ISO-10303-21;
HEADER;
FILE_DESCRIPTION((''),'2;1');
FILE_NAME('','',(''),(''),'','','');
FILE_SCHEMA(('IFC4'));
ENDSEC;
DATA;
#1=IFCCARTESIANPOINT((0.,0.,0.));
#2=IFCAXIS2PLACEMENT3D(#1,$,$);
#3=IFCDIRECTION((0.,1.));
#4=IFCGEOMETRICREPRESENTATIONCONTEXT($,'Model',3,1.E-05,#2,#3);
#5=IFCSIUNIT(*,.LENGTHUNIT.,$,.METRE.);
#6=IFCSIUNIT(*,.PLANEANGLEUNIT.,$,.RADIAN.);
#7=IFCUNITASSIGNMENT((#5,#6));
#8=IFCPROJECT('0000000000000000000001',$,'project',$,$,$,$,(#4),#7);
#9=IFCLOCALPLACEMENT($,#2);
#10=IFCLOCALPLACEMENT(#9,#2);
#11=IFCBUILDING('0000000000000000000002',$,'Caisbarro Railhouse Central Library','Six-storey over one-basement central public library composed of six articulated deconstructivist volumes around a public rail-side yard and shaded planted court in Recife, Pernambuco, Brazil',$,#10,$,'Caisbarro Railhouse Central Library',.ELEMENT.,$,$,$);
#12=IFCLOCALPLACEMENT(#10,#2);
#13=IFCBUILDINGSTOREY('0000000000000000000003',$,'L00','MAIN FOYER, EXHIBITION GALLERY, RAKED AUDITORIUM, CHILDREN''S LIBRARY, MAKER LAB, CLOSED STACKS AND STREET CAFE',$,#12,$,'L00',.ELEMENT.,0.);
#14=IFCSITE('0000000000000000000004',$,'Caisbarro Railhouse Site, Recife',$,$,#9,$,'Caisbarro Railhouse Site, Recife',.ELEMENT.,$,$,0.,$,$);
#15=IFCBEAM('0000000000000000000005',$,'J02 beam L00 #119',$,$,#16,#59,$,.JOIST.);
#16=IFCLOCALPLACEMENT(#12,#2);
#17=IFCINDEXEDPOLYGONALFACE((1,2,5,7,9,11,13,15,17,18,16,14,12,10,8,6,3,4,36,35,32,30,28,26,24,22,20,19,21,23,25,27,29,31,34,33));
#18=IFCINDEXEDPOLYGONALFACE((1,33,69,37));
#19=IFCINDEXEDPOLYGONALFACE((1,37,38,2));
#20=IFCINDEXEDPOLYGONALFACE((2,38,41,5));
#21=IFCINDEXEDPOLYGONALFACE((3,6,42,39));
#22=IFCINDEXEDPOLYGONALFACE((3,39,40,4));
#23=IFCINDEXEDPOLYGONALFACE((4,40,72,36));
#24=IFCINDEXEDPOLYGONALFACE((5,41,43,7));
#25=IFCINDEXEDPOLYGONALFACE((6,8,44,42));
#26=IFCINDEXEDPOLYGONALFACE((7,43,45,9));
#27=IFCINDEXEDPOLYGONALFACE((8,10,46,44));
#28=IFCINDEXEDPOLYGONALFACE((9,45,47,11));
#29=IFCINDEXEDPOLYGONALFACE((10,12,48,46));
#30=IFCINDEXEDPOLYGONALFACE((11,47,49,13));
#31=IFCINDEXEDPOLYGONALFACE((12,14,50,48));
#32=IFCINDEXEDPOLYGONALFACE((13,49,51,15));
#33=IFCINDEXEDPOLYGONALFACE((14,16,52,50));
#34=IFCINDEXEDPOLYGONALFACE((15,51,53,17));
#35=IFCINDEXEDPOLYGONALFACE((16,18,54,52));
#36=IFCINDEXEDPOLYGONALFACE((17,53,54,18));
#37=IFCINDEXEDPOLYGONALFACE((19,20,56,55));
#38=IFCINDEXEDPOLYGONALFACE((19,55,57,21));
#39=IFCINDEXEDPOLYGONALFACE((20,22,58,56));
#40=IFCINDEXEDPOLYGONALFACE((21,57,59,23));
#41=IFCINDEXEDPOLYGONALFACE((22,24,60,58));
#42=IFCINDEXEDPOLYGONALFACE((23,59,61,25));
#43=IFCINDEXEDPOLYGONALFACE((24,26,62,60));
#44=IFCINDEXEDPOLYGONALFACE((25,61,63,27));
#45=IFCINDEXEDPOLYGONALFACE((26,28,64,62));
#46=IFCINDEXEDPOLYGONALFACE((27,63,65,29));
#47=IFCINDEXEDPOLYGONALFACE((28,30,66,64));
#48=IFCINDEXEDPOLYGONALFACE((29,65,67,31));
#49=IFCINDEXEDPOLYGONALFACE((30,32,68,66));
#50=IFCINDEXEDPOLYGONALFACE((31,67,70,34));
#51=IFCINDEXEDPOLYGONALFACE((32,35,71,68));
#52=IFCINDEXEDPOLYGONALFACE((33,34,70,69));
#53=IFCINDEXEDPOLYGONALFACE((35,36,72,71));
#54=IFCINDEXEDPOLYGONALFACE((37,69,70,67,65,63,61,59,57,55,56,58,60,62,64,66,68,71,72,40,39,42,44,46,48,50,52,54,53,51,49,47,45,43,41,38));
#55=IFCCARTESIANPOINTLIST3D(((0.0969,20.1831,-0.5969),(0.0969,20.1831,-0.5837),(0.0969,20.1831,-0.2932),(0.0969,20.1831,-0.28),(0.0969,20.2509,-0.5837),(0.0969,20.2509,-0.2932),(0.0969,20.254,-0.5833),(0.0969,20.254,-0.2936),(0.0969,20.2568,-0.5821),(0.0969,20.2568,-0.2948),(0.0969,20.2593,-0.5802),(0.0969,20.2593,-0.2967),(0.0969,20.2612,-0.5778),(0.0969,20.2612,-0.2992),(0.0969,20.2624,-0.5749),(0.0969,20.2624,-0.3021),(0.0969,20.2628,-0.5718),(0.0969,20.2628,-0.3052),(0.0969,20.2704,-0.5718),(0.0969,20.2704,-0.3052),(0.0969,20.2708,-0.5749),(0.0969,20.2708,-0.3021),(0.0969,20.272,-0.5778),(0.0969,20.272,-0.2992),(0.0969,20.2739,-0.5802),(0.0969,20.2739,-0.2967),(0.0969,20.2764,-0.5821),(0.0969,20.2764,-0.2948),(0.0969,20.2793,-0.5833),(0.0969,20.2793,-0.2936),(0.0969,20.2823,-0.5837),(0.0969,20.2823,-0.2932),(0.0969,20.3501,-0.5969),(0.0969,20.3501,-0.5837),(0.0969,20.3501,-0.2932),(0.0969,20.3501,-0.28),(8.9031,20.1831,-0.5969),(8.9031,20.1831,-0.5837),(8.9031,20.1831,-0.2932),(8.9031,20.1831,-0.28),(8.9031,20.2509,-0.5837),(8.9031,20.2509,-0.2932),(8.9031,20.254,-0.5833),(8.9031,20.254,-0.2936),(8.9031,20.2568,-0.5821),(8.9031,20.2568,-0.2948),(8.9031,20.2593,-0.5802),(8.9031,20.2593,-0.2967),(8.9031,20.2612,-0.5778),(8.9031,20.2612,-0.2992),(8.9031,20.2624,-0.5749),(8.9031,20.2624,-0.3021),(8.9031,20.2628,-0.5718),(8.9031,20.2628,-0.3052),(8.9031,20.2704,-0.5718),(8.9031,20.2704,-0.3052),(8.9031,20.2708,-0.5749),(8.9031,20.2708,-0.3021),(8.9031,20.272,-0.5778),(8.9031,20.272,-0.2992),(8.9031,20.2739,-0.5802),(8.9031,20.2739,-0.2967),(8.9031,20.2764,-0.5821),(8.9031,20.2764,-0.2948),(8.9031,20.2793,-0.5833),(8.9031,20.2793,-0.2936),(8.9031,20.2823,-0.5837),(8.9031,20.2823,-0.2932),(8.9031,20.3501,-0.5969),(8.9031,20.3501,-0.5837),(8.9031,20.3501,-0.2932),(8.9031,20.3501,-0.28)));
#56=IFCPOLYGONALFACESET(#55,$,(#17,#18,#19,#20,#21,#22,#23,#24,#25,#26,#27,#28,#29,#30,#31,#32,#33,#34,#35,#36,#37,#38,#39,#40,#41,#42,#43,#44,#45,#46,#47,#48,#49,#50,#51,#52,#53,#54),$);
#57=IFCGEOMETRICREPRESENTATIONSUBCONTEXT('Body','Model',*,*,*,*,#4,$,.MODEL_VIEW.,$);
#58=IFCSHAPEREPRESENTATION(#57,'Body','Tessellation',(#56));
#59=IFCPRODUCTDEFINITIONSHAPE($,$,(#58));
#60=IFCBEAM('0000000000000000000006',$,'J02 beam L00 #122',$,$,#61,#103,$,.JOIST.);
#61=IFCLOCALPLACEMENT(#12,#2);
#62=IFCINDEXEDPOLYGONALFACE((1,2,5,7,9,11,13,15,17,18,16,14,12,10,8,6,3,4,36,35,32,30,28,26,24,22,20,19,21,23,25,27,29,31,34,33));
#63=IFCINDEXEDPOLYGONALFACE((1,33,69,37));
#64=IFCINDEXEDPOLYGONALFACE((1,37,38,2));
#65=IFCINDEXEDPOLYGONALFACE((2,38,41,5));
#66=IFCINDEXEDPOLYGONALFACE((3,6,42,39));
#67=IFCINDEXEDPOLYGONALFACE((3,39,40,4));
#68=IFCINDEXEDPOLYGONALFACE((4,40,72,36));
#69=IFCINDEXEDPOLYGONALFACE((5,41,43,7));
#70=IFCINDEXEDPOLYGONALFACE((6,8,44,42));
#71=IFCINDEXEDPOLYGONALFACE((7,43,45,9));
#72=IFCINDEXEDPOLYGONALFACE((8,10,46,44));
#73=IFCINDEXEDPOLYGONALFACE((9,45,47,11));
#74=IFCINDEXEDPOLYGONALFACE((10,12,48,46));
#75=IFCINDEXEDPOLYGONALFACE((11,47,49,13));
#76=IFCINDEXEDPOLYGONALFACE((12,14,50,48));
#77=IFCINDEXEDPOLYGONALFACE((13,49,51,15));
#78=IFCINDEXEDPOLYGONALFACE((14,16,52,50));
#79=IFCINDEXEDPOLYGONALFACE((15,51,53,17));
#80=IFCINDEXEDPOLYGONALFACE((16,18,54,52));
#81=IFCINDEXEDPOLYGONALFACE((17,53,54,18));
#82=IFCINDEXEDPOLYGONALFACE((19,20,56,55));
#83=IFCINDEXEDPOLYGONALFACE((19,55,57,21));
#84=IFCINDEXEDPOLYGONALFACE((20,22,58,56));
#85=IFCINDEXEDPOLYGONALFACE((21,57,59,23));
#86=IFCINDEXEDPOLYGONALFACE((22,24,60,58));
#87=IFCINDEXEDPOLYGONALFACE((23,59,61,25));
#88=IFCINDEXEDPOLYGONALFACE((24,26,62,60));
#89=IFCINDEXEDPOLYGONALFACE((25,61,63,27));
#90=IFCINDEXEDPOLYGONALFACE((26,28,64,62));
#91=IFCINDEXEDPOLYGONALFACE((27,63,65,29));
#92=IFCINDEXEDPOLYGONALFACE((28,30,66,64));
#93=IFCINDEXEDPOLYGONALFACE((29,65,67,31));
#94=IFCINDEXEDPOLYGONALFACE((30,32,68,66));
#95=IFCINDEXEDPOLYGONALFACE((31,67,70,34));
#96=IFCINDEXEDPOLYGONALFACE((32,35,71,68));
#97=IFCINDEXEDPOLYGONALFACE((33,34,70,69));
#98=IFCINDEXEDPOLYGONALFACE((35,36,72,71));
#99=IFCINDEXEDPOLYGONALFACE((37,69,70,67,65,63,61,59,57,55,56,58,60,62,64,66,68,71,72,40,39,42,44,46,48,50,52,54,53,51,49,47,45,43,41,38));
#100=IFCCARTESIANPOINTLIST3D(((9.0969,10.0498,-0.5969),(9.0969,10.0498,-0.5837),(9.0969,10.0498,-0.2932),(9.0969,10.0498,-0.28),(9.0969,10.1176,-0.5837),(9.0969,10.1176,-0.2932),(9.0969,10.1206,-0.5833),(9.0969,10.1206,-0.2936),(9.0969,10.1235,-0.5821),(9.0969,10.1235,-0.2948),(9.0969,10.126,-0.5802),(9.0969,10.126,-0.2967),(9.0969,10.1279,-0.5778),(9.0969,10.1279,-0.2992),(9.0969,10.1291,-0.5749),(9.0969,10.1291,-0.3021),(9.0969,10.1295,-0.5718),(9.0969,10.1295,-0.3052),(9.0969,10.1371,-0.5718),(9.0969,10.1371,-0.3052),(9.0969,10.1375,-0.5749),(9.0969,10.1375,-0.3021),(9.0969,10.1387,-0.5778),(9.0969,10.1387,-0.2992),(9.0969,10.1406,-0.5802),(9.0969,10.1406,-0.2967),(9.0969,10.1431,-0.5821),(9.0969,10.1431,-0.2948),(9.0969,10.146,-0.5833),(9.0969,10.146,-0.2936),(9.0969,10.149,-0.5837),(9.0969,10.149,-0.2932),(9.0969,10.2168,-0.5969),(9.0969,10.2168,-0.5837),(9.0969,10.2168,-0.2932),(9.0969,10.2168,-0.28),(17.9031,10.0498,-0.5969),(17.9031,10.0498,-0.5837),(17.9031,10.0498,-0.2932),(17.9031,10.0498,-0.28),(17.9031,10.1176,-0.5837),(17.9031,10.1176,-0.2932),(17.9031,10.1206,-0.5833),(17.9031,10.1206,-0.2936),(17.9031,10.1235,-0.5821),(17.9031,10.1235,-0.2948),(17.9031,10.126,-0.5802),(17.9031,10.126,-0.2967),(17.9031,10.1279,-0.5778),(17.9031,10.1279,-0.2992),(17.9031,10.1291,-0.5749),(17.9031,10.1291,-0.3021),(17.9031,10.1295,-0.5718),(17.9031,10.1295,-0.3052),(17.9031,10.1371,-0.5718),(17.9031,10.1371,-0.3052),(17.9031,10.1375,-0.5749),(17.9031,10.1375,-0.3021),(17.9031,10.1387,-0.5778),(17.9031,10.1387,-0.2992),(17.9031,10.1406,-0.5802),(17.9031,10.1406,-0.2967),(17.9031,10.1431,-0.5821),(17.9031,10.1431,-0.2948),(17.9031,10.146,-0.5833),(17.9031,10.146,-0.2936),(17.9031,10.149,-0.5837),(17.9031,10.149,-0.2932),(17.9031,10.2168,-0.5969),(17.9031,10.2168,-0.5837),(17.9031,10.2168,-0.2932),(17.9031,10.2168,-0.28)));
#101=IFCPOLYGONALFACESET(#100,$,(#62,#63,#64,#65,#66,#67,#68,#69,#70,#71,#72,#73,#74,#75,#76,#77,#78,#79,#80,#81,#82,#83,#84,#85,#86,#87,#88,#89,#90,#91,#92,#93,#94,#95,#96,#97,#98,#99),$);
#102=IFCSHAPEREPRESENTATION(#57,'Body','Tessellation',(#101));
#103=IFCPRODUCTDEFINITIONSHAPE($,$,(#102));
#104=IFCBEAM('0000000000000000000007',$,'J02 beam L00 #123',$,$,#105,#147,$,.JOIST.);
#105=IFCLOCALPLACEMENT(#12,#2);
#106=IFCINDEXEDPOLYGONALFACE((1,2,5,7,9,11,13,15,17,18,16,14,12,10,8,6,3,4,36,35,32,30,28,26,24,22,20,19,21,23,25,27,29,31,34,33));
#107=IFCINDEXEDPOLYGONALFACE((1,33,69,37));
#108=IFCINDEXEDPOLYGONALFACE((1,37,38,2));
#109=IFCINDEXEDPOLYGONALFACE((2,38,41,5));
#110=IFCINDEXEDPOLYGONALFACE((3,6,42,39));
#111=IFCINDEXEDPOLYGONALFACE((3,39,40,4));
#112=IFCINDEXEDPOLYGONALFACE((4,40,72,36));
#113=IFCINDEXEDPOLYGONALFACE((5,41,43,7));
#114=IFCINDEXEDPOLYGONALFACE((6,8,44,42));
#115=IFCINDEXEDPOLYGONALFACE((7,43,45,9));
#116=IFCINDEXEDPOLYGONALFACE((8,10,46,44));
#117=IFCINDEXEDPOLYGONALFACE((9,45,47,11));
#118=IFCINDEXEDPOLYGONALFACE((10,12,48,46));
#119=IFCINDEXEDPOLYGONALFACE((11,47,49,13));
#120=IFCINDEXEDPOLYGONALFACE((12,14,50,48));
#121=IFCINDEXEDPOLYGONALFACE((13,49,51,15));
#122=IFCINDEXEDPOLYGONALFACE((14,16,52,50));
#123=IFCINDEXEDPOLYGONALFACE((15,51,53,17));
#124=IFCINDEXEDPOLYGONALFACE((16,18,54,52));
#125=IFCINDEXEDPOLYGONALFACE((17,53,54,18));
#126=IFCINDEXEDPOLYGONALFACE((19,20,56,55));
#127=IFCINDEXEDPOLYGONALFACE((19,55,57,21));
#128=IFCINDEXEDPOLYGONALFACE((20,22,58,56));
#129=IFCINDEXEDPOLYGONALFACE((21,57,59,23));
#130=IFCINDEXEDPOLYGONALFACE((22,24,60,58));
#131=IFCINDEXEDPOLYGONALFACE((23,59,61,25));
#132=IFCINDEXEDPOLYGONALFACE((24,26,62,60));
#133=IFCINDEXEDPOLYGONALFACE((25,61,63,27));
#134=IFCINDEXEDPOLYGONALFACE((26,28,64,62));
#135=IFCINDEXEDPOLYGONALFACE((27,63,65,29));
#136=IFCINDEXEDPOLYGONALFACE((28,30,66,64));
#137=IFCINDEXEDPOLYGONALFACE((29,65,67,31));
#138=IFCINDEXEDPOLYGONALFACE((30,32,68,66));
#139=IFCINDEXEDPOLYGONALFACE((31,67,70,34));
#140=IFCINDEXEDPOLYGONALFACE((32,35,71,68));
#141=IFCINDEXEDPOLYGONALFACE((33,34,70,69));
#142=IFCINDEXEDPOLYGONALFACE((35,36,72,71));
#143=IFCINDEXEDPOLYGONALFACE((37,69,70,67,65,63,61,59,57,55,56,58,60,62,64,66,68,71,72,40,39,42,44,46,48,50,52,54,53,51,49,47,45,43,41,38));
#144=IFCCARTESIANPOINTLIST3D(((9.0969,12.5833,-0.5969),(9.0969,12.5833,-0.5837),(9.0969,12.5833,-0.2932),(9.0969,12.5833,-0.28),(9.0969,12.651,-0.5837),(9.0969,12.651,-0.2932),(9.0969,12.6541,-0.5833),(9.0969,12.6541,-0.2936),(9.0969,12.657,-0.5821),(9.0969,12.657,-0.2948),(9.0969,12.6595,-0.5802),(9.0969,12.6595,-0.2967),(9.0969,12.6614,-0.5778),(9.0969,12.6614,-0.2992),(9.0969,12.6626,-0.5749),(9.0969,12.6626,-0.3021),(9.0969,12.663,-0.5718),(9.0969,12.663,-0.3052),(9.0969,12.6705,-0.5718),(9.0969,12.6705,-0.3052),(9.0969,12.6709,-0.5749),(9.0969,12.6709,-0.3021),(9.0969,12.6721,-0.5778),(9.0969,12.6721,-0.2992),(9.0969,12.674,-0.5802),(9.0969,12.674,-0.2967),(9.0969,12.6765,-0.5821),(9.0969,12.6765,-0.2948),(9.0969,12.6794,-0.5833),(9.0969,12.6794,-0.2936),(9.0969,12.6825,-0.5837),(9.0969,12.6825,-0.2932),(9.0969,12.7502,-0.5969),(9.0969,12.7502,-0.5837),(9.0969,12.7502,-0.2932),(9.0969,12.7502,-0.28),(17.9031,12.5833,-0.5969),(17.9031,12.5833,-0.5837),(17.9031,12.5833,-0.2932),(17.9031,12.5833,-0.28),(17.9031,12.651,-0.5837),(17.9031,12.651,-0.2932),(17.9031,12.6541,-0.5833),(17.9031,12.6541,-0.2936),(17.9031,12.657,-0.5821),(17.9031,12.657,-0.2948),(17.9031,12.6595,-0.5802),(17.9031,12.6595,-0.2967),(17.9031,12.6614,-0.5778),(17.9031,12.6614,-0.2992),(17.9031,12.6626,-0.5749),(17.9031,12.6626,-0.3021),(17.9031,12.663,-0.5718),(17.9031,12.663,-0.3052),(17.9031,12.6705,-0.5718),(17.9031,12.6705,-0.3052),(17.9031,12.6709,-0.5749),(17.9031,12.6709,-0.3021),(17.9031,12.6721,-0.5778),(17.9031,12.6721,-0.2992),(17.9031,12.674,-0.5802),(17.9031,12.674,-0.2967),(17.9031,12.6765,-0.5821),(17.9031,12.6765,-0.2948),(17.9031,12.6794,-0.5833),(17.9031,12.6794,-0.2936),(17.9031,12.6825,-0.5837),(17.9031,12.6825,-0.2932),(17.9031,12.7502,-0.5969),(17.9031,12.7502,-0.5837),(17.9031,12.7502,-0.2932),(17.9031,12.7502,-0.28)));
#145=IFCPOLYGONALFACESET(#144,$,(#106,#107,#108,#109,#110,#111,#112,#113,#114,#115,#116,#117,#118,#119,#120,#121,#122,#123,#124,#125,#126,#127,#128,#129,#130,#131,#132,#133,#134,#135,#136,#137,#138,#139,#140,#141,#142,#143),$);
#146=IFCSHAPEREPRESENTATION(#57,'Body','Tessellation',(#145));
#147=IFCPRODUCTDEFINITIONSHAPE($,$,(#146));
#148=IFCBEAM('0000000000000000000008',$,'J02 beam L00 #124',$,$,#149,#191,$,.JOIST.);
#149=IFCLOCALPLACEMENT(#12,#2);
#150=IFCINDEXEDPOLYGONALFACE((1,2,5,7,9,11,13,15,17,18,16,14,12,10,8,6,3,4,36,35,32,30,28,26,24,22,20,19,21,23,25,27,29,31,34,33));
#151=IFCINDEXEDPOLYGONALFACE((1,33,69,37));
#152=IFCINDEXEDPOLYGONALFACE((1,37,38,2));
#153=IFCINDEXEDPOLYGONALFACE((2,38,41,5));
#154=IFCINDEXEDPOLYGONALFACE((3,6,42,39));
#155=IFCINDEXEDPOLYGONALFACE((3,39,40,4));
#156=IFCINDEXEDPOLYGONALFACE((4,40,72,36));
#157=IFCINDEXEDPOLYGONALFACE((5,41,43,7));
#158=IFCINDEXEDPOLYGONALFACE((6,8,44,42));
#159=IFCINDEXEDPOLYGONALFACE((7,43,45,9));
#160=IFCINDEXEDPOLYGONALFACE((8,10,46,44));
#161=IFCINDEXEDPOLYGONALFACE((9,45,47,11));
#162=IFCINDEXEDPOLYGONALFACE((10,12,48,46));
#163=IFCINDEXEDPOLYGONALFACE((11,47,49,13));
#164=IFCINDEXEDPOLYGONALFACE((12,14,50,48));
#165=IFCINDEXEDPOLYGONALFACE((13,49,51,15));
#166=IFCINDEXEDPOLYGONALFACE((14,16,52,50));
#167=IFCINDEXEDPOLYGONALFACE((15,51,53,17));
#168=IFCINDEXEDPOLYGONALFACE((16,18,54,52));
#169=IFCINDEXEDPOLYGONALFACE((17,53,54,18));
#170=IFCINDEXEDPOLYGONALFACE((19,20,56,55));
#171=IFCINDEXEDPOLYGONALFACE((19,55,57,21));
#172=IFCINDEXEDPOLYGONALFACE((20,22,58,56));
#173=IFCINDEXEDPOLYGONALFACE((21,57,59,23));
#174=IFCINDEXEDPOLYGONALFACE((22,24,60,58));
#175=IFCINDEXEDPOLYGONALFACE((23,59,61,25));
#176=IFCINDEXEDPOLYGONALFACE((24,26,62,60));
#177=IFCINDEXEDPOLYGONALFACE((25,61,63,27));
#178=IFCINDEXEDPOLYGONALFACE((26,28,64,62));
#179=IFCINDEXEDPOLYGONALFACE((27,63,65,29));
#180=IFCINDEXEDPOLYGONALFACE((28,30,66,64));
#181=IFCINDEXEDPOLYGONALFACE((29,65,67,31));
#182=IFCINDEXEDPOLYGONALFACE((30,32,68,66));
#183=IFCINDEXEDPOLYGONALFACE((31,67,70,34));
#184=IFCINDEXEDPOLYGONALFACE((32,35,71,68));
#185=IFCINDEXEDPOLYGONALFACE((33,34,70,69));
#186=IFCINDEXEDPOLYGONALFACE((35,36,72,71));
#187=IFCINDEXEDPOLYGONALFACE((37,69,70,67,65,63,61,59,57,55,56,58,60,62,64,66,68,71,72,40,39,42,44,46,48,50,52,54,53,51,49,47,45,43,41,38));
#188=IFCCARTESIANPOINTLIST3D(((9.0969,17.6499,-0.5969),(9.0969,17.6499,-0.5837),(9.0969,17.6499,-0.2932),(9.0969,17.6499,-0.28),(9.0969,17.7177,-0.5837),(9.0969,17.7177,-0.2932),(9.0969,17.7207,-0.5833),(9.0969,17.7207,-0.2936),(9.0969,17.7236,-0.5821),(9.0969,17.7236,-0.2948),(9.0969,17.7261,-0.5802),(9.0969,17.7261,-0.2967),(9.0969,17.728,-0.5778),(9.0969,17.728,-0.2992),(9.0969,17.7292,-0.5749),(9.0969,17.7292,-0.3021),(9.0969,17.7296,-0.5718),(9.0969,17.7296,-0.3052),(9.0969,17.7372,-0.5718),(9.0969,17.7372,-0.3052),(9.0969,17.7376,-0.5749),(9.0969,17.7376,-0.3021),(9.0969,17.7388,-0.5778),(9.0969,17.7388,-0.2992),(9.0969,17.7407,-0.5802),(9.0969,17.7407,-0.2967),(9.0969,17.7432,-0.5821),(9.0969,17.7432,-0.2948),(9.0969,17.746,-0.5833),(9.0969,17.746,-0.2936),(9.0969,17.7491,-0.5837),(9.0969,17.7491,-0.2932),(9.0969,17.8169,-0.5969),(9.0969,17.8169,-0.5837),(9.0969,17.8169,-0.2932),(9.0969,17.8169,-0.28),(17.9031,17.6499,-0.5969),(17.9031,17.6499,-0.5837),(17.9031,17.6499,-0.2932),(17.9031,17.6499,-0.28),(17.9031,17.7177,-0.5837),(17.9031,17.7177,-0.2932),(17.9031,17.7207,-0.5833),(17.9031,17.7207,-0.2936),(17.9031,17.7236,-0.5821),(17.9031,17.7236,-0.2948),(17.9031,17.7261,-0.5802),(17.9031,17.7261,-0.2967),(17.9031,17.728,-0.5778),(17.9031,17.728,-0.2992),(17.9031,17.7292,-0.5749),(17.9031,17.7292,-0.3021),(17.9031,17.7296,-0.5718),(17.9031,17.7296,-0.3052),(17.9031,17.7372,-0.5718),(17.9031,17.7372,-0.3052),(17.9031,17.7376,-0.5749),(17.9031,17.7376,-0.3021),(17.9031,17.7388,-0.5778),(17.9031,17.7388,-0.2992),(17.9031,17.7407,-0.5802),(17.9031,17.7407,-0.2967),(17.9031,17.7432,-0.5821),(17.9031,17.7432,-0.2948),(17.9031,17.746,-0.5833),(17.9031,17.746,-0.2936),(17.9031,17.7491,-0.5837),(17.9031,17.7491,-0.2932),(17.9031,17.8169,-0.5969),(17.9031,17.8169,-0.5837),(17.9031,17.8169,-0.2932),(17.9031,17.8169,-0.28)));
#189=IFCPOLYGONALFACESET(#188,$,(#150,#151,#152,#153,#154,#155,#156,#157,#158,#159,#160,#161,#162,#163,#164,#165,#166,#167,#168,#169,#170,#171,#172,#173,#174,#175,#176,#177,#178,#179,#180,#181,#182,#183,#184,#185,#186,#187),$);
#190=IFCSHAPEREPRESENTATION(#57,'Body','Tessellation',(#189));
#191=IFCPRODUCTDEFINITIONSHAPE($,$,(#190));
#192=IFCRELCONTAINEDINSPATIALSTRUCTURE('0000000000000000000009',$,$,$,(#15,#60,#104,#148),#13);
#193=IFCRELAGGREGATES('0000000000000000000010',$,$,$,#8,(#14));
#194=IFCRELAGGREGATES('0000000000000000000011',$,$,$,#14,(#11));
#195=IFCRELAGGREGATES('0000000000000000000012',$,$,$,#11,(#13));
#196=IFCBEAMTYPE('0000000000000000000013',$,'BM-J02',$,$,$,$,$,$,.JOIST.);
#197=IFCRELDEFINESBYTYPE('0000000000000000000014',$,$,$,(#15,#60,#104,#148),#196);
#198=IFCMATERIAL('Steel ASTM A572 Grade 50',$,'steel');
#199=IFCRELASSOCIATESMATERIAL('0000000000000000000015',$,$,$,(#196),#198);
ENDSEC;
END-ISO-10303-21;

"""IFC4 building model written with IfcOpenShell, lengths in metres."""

from ifc_helpers import new_model, si_unit, direction, frame, origin, origin_2d, place, context, subcontext, project, spatial, i_section, extrude, material, material_profile, profile_set, type_object, element, save


model = new_model("IFC4")

# Units and contexts
model_context = context("Model", 3, precision=1e-05, world=origin(), true_north=direction((0.0, 1.0)))
body_context = subcontext(model_context, "Body", "Model", "MODEL_VIEW")
ifc_project = project(units=[si_unit("LENGTHUNIT", "METRE"), si_unit("PLANEANGLEUNIT", "RADIAN")], contexts=[model_context])

# Site, building, storey
site_placement = place(None, origin())
site = spatial("IfcSite", under=ifc_project, at=site_placement, Name="Caisbarro Railhouse Site, Recife", LongName="Caisbarro Railhouse Site, Recife", CompositionType="ELEMENT", RefElevation=0.0)
building_placement = place(site_placement, origin())
building = spatial("IfcBuilding", under=site, at=building_placement, Name="Caisbarro Railhouse Central Library", Description="Six-storey over one-basement central public library composed of six articulated deconstructivist volumes around a public rail-side yard and shaded planted court in Recife, Pernambuco, Brazil", LongName="Caisbarro Railhouse Central Library", CompositionType="ELEMENT")
storey_placement = place(building_placement, origin())
storey = spatial("IfcBuildingStorey", under=building, at=storey_placement, Name="L00", Description="MAIN FOYER, EXHIBITION GALLERY, RAKED AUDITORIUM, CHILDREN'S LIBRARY, MAKER LAB, CLOSED STACKS AND STREET CAFE", LongName="L00", CompositionType="ELEMENT", Elevation=0.0)

# Shared definitions
ifc_material_1 = material(Name="Steel ASTM A572 Grade 50", Category="steel")

# Beams
ifc_material_profile_1 = material_profile(ifc_material_1, i_section(OverallWidth=0.167, OverallDepth=0.3169, WebThickness=0.0076, FlangeThickness=0.0132, FilletRadius=0.012, at=origin_2d()), Name="W310X52.0")
ifc_profile_set_1 = profile_set([ifc_material_profile_1], Name="Steel ASTM A572 Grade 50")
beam_type_1 = type_object("IfcBeamType", Name="BM-J02", PredefinedType="JOIST", material=ifc_profile_set_1)
for number, where, z_axis, x_axis, name in (
    (1, (0.0969, 20.2666, -0.4385), (1.0, 0.0, 0.0), (0.0, 1.0, 0.0), "J02 beam L00 #119"),
    (2, (9.0969, 10.1333, -0.4385), (1.0, 0.0, 0.0), (0.0, 1.0, 0.0), "J02 beam L00 #122"),
    (3, (9.0969, 12.6667, -0.4385), (1.0, 0.0, 0.0), (0.0, 1.0, 0.0), "J02 beam L00 #123"),
    (4, (9.0969, 17.7334, -0.4385), (1.0, 0.0, 0.0), (0.0, 1.0, 0.0), "J02 beam L00 #124"),
):
    element("IfcBeam", number, at=place(storey_placement, frame(where, z_axis=z_axis, x_axis=x_axis)), inside=storey, type_object=beam_type_1, Name=name, PredefinedType="JOIST", context=body_context, shape_type="SweptSolid", body=[
        extrude(i_section(OverallWidth=0.167, OverallDepth=0.3169, WebThickness=0.0076, FlangeThickness=0.0132, FilletRadius=0.012, at=origin_2d()), origin(), (0.0, 0.0, 1.0), 8.8062),
    ])

save(model, "model.ifc")
